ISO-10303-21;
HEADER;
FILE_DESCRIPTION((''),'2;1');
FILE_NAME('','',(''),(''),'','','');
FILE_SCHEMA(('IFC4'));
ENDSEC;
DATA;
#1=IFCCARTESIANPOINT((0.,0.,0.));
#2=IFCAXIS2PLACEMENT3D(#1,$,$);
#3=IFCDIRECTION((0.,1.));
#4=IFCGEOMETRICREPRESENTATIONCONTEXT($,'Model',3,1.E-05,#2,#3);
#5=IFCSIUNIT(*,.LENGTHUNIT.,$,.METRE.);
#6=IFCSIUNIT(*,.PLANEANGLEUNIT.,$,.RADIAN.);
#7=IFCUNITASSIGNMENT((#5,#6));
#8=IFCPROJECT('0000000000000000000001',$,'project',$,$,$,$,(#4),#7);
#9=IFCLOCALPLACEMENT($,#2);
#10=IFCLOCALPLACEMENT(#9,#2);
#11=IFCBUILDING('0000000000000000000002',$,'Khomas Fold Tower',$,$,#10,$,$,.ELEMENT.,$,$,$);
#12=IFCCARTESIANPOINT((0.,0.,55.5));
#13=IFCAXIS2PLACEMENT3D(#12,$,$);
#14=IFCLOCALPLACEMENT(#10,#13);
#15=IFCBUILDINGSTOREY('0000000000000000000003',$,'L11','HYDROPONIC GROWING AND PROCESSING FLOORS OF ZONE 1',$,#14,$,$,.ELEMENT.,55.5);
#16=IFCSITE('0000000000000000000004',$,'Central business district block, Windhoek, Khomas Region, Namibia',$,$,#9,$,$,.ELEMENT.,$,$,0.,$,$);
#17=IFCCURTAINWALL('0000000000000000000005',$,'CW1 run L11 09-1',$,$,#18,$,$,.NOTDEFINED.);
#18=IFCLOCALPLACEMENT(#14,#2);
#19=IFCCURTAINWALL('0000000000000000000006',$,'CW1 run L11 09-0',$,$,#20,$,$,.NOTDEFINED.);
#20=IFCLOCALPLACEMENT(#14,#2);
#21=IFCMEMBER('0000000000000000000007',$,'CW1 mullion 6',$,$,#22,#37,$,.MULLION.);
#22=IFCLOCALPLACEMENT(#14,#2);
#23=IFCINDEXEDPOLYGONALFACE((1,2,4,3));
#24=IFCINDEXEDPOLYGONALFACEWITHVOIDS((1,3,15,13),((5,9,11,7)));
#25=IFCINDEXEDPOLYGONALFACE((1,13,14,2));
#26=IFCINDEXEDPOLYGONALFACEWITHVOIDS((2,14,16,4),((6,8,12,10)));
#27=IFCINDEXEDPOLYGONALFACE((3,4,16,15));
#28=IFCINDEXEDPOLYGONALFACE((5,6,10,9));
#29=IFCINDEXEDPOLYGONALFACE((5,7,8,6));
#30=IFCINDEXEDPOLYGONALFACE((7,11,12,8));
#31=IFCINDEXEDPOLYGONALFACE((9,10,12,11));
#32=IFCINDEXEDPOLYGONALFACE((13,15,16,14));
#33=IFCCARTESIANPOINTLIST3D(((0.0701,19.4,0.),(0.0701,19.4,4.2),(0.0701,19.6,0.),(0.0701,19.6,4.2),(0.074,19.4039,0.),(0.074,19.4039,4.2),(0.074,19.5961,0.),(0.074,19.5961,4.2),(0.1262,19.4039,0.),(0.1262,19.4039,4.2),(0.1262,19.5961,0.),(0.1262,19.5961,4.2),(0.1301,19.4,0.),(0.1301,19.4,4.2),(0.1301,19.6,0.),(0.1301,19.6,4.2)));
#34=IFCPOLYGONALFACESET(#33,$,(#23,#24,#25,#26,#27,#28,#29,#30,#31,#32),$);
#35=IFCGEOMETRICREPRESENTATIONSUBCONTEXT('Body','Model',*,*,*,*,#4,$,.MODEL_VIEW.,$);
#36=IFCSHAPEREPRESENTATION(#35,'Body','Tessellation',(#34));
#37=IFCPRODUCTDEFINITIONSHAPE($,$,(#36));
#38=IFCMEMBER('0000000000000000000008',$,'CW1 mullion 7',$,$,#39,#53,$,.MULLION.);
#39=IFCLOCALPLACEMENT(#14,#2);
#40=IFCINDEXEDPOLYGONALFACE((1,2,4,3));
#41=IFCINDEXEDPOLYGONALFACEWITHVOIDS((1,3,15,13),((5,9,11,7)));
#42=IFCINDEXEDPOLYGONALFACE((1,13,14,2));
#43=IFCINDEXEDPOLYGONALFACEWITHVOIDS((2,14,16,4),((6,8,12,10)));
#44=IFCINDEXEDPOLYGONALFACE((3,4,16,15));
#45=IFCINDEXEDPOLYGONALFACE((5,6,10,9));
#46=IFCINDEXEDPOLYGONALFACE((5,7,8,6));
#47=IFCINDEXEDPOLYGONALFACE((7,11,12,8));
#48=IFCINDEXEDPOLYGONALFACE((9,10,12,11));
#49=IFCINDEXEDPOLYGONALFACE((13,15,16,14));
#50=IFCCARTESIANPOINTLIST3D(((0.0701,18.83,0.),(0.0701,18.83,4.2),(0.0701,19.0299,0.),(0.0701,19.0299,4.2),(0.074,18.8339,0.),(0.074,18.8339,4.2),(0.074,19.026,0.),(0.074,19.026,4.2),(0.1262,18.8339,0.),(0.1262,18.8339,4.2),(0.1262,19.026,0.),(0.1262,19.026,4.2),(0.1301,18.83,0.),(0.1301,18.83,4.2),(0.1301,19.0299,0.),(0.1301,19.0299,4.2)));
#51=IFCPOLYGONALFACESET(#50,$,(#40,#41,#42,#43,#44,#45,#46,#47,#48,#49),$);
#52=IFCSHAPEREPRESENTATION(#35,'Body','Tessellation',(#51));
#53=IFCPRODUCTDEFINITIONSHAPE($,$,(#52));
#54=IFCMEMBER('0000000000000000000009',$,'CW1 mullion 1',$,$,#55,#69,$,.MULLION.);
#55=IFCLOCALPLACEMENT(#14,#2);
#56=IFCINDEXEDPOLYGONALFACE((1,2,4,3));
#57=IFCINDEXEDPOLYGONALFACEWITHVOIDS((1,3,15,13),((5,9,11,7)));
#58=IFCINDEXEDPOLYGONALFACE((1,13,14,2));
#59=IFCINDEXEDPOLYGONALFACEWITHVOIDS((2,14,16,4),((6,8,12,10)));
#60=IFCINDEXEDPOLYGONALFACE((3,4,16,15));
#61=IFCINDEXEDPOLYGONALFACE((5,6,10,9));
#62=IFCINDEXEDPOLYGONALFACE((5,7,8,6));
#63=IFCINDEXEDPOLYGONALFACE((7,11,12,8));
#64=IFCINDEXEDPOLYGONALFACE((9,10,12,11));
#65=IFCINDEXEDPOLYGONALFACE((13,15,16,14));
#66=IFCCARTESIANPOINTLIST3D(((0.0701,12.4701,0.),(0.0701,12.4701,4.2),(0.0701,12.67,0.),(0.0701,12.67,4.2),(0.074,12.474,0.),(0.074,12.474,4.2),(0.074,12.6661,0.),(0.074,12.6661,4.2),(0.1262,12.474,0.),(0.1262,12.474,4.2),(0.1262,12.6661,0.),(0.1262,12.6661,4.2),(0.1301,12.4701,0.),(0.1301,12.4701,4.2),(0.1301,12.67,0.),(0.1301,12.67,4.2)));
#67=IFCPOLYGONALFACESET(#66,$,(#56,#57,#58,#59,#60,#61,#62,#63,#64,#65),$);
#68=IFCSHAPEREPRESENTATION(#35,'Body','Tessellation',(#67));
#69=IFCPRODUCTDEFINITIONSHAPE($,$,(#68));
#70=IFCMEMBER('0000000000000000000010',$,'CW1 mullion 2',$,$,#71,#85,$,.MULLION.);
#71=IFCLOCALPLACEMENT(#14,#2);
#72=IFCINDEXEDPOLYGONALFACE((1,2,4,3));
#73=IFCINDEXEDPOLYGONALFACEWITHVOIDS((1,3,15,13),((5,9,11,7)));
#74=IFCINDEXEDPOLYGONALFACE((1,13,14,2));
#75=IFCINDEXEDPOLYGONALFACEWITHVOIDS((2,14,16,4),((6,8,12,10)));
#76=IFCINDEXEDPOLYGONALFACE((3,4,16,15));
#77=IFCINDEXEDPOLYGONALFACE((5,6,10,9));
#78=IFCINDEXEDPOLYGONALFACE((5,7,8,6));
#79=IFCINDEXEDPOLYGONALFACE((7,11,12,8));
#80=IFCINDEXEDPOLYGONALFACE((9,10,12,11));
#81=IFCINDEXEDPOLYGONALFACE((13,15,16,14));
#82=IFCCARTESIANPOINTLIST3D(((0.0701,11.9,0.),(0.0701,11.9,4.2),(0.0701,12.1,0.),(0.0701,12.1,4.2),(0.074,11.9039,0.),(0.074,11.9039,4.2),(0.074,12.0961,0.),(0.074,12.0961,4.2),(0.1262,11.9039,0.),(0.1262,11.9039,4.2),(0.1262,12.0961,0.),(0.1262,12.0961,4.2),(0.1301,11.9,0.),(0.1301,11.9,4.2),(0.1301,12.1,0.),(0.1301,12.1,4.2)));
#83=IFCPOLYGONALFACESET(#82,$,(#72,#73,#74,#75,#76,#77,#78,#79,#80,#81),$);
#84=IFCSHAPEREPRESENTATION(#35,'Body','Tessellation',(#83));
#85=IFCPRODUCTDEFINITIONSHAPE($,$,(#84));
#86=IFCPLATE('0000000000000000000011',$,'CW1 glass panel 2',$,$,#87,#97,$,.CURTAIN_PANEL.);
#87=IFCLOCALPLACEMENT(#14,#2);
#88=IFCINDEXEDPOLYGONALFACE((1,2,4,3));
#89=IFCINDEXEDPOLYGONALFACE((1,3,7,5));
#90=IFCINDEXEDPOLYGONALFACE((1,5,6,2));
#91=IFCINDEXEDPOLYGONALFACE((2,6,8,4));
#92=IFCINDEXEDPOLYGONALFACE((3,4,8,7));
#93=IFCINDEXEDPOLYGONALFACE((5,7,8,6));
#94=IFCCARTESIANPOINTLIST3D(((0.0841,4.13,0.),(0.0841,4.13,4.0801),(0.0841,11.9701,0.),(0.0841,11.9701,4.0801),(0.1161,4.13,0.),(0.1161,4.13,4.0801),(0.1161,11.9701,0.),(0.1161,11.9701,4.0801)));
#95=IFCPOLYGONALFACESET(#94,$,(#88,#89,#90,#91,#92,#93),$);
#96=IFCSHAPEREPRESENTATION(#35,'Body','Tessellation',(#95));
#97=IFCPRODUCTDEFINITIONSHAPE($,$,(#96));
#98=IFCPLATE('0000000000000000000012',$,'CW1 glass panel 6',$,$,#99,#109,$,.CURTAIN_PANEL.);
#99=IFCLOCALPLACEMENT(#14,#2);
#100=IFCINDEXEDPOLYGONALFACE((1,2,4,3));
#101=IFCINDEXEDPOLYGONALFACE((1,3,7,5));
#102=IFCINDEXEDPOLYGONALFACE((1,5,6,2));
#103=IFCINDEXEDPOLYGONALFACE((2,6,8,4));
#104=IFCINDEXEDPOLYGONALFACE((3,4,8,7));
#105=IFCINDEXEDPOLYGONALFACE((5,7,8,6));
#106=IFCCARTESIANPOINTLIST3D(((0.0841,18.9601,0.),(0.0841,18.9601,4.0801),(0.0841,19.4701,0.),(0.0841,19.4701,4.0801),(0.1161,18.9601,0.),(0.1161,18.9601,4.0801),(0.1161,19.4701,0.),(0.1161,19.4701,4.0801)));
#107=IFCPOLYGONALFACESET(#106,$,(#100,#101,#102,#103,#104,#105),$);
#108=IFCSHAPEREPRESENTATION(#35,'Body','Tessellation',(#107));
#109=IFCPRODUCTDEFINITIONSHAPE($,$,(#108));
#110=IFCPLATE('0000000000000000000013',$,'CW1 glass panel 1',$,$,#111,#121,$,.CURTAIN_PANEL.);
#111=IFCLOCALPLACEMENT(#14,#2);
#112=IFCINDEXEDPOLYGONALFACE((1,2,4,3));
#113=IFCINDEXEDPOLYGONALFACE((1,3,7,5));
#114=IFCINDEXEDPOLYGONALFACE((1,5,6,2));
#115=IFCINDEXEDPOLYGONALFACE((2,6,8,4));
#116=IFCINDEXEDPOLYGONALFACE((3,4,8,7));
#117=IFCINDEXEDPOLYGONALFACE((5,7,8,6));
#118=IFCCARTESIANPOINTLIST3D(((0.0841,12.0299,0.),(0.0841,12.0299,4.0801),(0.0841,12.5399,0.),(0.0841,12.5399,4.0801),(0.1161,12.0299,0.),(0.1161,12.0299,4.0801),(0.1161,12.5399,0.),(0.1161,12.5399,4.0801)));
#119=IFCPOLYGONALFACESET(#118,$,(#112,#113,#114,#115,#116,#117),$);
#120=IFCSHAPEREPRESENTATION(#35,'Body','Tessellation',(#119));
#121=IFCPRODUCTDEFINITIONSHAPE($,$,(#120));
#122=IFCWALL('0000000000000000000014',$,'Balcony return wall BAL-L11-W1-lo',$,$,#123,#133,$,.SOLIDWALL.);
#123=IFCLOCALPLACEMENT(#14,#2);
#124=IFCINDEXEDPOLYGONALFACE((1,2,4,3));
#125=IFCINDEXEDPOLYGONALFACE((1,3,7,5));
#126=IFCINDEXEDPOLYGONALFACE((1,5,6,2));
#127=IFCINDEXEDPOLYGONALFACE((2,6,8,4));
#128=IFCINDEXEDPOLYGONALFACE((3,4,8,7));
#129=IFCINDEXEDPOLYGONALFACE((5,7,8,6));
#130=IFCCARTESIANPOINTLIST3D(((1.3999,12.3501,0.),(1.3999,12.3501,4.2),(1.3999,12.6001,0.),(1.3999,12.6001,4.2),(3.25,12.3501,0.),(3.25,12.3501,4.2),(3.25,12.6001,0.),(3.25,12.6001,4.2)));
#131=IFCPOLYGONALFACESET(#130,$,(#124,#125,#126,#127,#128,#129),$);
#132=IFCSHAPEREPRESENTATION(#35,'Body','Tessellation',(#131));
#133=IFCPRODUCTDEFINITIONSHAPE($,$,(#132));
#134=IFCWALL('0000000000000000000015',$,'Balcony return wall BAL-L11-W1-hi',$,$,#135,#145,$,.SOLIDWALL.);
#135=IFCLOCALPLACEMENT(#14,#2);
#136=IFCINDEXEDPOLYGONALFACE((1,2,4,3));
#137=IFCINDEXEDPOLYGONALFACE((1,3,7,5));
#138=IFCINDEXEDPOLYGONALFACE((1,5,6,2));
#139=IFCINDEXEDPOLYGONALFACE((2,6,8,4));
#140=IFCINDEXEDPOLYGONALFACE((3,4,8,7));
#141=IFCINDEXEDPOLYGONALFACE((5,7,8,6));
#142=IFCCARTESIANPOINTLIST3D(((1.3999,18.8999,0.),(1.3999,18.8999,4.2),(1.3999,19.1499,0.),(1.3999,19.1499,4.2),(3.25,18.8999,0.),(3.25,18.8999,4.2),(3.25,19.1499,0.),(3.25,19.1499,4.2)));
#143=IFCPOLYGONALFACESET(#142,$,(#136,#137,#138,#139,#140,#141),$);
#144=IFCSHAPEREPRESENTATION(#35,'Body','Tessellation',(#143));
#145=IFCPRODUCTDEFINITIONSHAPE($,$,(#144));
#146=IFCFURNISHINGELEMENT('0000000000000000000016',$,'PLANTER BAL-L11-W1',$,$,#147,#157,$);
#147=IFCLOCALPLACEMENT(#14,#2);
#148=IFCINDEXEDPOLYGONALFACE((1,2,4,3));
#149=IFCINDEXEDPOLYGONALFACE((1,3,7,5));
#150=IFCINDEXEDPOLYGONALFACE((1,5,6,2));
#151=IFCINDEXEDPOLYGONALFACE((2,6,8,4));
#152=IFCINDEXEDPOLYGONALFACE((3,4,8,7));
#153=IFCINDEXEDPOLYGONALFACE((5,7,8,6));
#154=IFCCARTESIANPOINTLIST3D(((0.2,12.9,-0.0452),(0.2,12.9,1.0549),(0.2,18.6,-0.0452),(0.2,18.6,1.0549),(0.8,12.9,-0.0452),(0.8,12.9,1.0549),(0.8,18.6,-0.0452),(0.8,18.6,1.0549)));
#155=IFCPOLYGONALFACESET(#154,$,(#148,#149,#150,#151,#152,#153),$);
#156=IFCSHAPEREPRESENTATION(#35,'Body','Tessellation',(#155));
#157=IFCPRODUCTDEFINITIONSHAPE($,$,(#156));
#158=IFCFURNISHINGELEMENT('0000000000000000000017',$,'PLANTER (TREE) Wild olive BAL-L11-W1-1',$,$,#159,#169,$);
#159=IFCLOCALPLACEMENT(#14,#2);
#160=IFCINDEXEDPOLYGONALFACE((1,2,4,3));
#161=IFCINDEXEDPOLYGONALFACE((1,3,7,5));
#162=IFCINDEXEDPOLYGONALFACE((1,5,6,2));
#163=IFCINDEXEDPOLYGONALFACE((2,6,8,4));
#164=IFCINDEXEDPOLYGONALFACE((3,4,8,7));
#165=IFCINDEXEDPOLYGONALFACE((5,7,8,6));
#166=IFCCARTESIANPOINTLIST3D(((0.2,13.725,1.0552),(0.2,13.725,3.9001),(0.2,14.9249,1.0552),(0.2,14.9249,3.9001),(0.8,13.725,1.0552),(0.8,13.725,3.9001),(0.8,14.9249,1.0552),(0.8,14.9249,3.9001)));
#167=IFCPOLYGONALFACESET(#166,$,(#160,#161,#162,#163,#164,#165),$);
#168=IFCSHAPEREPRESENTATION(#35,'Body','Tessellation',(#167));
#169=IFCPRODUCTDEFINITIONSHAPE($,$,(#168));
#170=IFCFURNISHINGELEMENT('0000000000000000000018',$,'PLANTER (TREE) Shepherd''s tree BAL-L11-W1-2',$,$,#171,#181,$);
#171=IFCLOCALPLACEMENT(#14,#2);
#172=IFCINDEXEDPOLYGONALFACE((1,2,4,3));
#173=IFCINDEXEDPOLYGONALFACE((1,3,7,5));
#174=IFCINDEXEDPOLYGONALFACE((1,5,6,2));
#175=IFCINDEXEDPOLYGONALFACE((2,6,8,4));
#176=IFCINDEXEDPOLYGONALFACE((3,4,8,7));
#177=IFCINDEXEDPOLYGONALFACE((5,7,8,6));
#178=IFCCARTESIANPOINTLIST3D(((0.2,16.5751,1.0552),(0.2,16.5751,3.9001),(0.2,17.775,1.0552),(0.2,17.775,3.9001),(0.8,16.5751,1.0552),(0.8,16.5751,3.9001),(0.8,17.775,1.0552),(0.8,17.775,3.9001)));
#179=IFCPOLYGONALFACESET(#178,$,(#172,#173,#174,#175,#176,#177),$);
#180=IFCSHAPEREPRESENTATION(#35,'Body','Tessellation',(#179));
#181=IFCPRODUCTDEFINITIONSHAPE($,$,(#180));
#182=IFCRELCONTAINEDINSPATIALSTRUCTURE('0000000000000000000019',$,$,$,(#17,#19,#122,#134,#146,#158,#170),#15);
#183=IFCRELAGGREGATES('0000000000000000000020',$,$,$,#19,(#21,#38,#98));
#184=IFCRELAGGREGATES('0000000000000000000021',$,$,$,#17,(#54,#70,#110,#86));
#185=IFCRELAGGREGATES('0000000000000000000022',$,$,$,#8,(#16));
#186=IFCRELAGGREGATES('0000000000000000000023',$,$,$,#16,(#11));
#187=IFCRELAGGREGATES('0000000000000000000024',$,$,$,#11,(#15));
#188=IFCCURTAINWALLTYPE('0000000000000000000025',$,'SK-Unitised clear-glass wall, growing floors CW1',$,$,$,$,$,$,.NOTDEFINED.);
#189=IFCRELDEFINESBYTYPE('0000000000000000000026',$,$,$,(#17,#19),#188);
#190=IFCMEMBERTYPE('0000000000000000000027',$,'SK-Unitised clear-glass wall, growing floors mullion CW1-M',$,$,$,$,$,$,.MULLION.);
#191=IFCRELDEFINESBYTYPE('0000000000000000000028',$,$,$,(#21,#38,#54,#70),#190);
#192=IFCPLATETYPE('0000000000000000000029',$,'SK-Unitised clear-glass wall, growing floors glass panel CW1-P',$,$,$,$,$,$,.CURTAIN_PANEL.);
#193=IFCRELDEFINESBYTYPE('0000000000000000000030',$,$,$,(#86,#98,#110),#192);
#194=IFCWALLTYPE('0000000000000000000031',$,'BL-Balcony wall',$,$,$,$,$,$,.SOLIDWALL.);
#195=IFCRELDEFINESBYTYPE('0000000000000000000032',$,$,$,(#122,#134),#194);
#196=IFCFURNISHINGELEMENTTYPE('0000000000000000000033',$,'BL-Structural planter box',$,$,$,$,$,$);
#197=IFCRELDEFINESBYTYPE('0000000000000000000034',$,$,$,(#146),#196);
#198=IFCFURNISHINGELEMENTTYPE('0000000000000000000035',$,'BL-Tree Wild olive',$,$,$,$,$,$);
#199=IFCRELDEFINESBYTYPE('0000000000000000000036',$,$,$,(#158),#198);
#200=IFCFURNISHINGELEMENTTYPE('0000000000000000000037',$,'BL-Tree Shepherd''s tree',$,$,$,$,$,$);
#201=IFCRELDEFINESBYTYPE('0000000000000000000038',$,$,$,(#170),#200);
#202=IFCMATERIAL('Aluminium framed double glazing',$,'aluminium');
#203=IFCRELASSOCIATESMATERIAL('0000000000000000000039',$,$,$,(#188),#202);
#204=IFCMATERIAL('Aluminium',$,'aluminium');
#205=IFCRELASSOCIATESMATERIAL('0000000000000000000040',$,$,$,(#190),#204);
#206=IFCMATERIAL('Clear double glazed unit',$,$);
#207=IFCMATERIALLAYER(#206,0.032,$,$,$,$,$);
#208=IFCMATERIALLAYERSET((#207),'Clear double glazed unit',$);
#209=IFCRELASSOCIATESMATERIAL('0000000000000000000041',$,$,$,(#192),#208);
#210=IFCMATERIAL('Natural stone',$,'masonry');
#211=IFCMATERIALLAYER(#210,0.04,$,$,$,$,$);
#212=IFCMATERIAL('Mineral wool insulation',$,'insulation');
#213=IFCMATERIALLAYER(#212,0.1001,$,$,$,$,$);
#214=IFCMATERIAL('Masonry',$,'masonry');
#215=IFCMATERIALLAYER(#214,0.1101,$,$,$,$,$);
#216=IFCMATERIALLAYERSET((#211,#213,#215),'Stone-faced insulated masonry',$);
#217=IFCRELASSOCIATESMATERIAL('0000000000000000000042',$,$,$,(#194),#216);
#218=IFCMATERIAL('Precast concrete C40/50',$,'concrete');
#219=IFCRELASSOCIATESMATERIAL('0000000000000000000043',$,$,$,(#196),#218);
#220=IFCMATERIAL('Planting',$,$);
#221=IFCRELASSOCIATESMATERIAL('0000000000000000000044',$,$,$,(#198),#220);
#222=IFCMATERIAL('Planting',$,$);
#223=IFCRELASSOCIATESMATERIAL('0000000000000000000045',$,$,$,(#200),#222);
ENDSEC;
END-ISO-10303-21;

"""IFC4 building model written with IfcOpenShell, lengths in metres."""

from ifc_helpers import new_model, si_unit, direction, frame, frame_2d, origin, origin_2d, place, context, subcontext, project, spatial, rectangle, hollow_rectangle, extrude, source, transform, mapped, material, layer, layer_set, material_profile, profile_set, type_object, element, aggregate, save


model = new_model("IFC4")

# Units and contexts
model_context = context("Model", 3, precision=1e-05, world=origin(), true_north=direction((0.0, 1.0)))
body_context = subcontext(model_context, "Body", "Model", "MODEL_VIEW")
ifc_project = project(units=[si_unit("LENGTHUNIT", "METRE"), si_unit("PLANEANGLEUNIT", "RADIAN")], contexts=[model_context])

# Site, building, storey
site_placement = place(None, origin())
site = spatial("IfcSite", under=ifc_project, at=site_placement, Name="Central business district block, Windhoek, Khomas Region, Namibia", CompositionType="ELEMENT", RefElevation=0.0)
building_placement = place(site_placement, origin())
building = spatial("IfcBuilding", under=site, at=building_placement, Name="Khomas Fold Tower", CompositionType="ELEMENT")
storey_placement = place(building_placement, frame((0.0, 0.0, 55.5)))
storey = spatial("IfcBuildingStorey", under=building, at=storey_placement, Name="L11", Description="HYDROPONIC GROWING AND PROCESSING FLOORS OF ZONE 1", CompositionType="ELEMENT", Elevation=55.5)

# Curtain walls
ifc_material_1 = material(Name="Aluminium framed double glazing", Category="aluminium")
curtain_wall_type = type_object("IfcCurtainWallType", Name="SK-Unitised clear-glass wall, growing floors CW1", PredefinedType="NOTDEFINED", material=ifc_material_1)
curtain_wall_1_placement = place(storey_placement, origin())
curtain_wall_1 = element("IfcCurtainWall", 1, at=curtain_wall_1_placement, inside=storey, type_object=curtain_wall_type, Name="CW1 run L11 09-1", PredefinedType="NOTDEFINED")
curtain_wall_2_placement = place(storey_placement, origin())
curtain_wall_2 = element("IfcCurtainWall", 2, at=curtain_wall_2_placement, inside=storey, type_object=curtain_wall_type, Name="CW1 run L11 09-0", PredefinedType="NOTDEFINED")

# Members
ifc_material_2 = material(Name="Aluminium", Category="aluminium")
ifc_material_profile_1 = material_profile(ifc_material_2, hollow_rectangle(XDim=0.0601, YDim=0.2, WallThickness=0.0039, at=origin_2d()), Name="SK-Unitised clear-glass wall, growing floors mullion CW1-M")
ifc_profile_set_1 = profile_set([ifc_material_profile_1], Name="Aluminium")
member_type_1 = type_object("IfcMemberType", Name="SK-Unitised clear-glass wall, growing floors mullion CW1-M", PredefinedType="MULLION", material=ifc_profile_set_1)
shared_shape_1 = source(origin(), body_context, "Body", "SweptSolid", [
    extrude(hollow_rectangle(XDim=0.0601, YDim=0.2, WallThickness=0.0039, at=origin_2d()), origin(), (0.0, 0.0, 1.0), 4.2),
])
member_1_placement = place(storey_placement, frame((0.1001, 19.5, 0.0), z_axis=(0.0, 0.0, 1.0), x_axis=(1.0, 0.0, 0.0)))
member_1 = element("IfcMember", 3, at=member_1_placement, type_object=member_type_1, Name="CW1 mullion 6", PredefinedType="MULLION", context=body_context, shape_type="MappedRepresentation", body=[
    mapped(shared_shape_1, transform((0.0, 0.0, 0.0))),
])
member_2_placement = place(storey_placement, frame((0.1001, 18.9299, 0.0), z_axis=(0.0, 0.0, 1.0), x_axis=(1.0, 0.0, 0.0)))
member_2 = element("IfcMember", 4, at=member_2_placement, type_object=member_type_1, Name="CW1 mullion 7", PredefinedType="MULLION", context=body_context, shape_type="MappedRepresentation", body=[
    mapped(shared_shape_1, transform((0.0, 0.0, 0.0))),
])
member_3_placement = place(storey_placement, frame((0.1001, 12.5701, 0.0), z_axis=(0.0, 0.0, 1.0), x_axis=(1.0, 0.0, 0.0)))
member_3 = element("IfcMember", 5, at=member_3_placement, type_object=member_type_1, Name="CW1 mullion 1", PredefinedType="MULLION", context=body_context, shape_type="MappedRepresentation", body=[
    mapped(shared_shape_1, transform((0.0, 0.0, 0.0))),
])
member_4_placement = place(storey_placement, frame((0.1001, 12.0, 0.0), z_axis=(0.0, 0.0, 1.0), x_axis=(1.0, 0.0, 0.0)))
member_4 = element("IfcMember", 6, at=member_4_placement, type_object=member_type_1, Name="CW1 mullion 2", PredefinedType="MULLION", context=body_context, shape_type="MappedRepresentation", body=[
    mapped(shared_shape_1, transform((0.0, 0.0, 0.0))),
])

# Plates
ifc_material_3 = material(Name="Clear double glazed unit")
ifc_layer_1 = layer(ifc_material_3, 0.032)
ifc_layer_set_1 = layer_set([ifc_layer_1], Name="Clear double glazed unit")
plate_type = type_object("IfcPlateType", Name="SK-Unitised clear-glass wall, growing floors glass panel CW1-P", PredefinedType="CURTAIN_PANEL", material=ifc_layer_set_1)
shared_shape_2 = source(origin(), body_context, "Body", "SweptSolid", [
    extrude(rectangle(XDim=7.8401, YDim=0.032, at=origin_2d()), origin(), (0.0, 0.0, 1.0), 4.0801),
])
plate_1_placement = place(storey_placement, frame((0.1001, 8.05, 0.0), z_axis=(0.0, 0.0, 1.0), x_axis=(0.0, -1.0, 0.0)))
plate_1 = element("IfcPlate", 7, at=plate_1_placement, type_object=plate_type, Name="CW1 glass panel 2", PredefinedType="CURTAIN_PANEL", context=body_context, shape_type="MappedRepresentation", body=[
    mapped(shared_shape_2, transform((0.0, 0.0, 0.0))),
])
shared_shape_3 = source(origin(), body_context, "Body", "SweptSolid", [
    extrude(rectangle(XDim=0.51, YDim=0.032, at=origin_2d()), origin(), (0.0, 0.0, 1.0), 4.0801),
])
plate_2_placement = place(storey_placement, frame((0.1001, 19.2151, 0.0), z_axis=(0.0, 0.0, 1.0), x_axis=(0.0, -1.0, 0.0)))
plate_2 = element("IfcPlate", 8, at=plate_2_placement, type_object=plate_type, Name="CW1 glass panel 6", PredefinedType="CURTAIN_PANEL", context=body_context, shape_type="MappedRepresentation", body=[
    mapped(shared_shape_3, transform((0.0, 0.0, 0.0))),
])
aggregate(curtain_wall_2, [member_1, member_2, plate_2])
plate_3_placement = place(storey_placement, frame((0.1001, 12.2849, 0.0), z_axis=(0.0, 0.0, 1.0), x_axis=(0.0, -1.0, 0.0)))
plate_3 = element("IfcPlate", 9, at=plate_3_placement, type_object=plate_type, Name="CW1 glass panel 1", PredefinedType="CURTAIN_PANEL", context=body_context, shape_type="MappedRepresentation", body=[
    mapped(shared_shape_3, transform((0.0, 0.0, 0.0))),
])
aggregate(curtain_wall_1, [member_3, member_4, plate_3, plate_1])

# Shared definitions
ifc_material_4 = material(Name="Natural stone", Category="masonry")
ifc_layer_2 = layer(ifc_material_4, 0.04)
ifc_material_5 = material(Name="Mineral wool insulation", Category="insulation")
ifc_layer_3 = layer(ifc_material_5, 0.1001)
ifc_material_6 = material(Name="Masonry", Category="masonry")
ifc_layer_4 = layer(ifc_material_6, 0.1101)
ifc_layer_set_2 = layer_set([ifc_layer_2, ifc_layer_3, ifc_layer_4], Name="Stone-faced insulated masonry")
wall_type = type_object("IfcWallType", Name="BL-Balcony wall", PredefinedType="SOLIDWALL", material=ifc_layer_set_2)

# Walls
shared_shape_4 = source(origin(), body_context, "Body", "SweptSolid", [
    extrude(rectangle(XDim=1.8501, YDim=0.25, at=frame_2d((0.925, 0.0))), origin(), (0.0, 0.0, 1.0), 4.2),
])
for number, where, z_axis, x_axis, name in (
    (10, (1.3999, 12.4751, 0.0), (0.0, 0.0, 1.0), (1.0, 0.0, 0.0), "Balcony return wall BAL-L11-W1-lo"),
    (11, (1.3999, 19.0249, 0.0), (0.0, 0.0, 1.0), (1.0, 0.0, 0.0), "Balcony return wall BAL-L11-W1-hi"),
):
    element("IfcWall", number, at=place(storey_placement, frame(where, z_axis=z_axis, x_axis=x_axis)), inside=storey, type_object=wall_type, Name=name, PredefinedType="SOLIDWALL", context=body_context, shape_type="MappedRepresentation", body=[
        mapped(shared_shape_4, transform((0.0, 0.0, 0.0))),
    ])

# Furnishing elements
ifc_material_7 = material(Name="Precast concrete C40/50", Category="concrete")
furnishing_element_type_1 = type_object("IfcFurnishingElementType", Name="BL-Structural planter box", material=ifc_material_7)
shared_shape_5 = source(origin(), body_context, "Body", "SweptSolid", [
    extrude(rectangle(XDim=5.7, YDim=0.6001, at=origin_2d()), origin(), (0.0, 0.0, 1.0), 1.1001),
])
furnishing_1_placement = place(storey_placement, frame((0.5, 15.75, -0.0452), z_axis=(0.0, 0.0, 1.0), x_axis=(0.0, 1.0, 0.0)))
element("IfcFurnishingElement", 12, at=furnishing_1_placement, inside=storey, type_object=furnishing_element_type_1, Name="PLANTER BAL-L11-W1", context=body_context, shape_type="MappedRepresentation", body=[
    mapped(shared_shape_5, transform((0.0, 0.0, 0.0))),
])
ifc_material_8 = material(Name="Planting")
furnishing_element_type_2 = type_object("IfcFurnishingElementType", Name="BL-Tree Wild olive", material=ifc_material_8)
shared_shape_6 = source(origin(), body_context, "Body", "SweptSolid", [
    extrude(rectangle(XDim=1.2, YDim=0.6001, at=origin_2d()), origin(), (0.0, 0.0, 1.0), 2.845),
])
furnishing_2_placement = place(storey_placement, frame((0.5, 14.325, 1.0552), z_axis=(0.0, 0.0, 1.0), x_axis=(0.0, 1.0, 0.0)))
element("IfcFurnishingElement", 13, at=furnishing_2_placement, inside=storey, type_object=furnishing_element_type_2, Name="PLANTER (TREE) Wild olive BAL-L11-W1-1", context=body_context, shape_type="MappedRepresentation", body=[
    mapped(shared_shape_6, transform((0.0, 0.0, 0.0))),
])
ifc_material_9 = material(Name="Planting")
furnishing_element_type_3 = type_object("IfcFurnishingElementType", Name="BL-Tree Shepherd's tree", material=ifc_material_9)
furnishing_3_placement = place(storey_placement, frame((0.5, 17.175, 1.0552), z_axis=(0.0, 0.0, 1.0), x_axis=(0.0, 1.0, 0.0)))
element("IfcFurnishingElement", 14, at=furnishing_3_placement, inside=storey, type_object=furnishing_element_type_3, Name="PLANTER (TREE) Shepherd's tree BAL-L11-W1-2", context=body_context, shape_type="MappedRepresentation", body=[
    mapped(shared_shape_6, transform((0.0, 0.0, 0.0))),
])

save(model, "model.ifc")
